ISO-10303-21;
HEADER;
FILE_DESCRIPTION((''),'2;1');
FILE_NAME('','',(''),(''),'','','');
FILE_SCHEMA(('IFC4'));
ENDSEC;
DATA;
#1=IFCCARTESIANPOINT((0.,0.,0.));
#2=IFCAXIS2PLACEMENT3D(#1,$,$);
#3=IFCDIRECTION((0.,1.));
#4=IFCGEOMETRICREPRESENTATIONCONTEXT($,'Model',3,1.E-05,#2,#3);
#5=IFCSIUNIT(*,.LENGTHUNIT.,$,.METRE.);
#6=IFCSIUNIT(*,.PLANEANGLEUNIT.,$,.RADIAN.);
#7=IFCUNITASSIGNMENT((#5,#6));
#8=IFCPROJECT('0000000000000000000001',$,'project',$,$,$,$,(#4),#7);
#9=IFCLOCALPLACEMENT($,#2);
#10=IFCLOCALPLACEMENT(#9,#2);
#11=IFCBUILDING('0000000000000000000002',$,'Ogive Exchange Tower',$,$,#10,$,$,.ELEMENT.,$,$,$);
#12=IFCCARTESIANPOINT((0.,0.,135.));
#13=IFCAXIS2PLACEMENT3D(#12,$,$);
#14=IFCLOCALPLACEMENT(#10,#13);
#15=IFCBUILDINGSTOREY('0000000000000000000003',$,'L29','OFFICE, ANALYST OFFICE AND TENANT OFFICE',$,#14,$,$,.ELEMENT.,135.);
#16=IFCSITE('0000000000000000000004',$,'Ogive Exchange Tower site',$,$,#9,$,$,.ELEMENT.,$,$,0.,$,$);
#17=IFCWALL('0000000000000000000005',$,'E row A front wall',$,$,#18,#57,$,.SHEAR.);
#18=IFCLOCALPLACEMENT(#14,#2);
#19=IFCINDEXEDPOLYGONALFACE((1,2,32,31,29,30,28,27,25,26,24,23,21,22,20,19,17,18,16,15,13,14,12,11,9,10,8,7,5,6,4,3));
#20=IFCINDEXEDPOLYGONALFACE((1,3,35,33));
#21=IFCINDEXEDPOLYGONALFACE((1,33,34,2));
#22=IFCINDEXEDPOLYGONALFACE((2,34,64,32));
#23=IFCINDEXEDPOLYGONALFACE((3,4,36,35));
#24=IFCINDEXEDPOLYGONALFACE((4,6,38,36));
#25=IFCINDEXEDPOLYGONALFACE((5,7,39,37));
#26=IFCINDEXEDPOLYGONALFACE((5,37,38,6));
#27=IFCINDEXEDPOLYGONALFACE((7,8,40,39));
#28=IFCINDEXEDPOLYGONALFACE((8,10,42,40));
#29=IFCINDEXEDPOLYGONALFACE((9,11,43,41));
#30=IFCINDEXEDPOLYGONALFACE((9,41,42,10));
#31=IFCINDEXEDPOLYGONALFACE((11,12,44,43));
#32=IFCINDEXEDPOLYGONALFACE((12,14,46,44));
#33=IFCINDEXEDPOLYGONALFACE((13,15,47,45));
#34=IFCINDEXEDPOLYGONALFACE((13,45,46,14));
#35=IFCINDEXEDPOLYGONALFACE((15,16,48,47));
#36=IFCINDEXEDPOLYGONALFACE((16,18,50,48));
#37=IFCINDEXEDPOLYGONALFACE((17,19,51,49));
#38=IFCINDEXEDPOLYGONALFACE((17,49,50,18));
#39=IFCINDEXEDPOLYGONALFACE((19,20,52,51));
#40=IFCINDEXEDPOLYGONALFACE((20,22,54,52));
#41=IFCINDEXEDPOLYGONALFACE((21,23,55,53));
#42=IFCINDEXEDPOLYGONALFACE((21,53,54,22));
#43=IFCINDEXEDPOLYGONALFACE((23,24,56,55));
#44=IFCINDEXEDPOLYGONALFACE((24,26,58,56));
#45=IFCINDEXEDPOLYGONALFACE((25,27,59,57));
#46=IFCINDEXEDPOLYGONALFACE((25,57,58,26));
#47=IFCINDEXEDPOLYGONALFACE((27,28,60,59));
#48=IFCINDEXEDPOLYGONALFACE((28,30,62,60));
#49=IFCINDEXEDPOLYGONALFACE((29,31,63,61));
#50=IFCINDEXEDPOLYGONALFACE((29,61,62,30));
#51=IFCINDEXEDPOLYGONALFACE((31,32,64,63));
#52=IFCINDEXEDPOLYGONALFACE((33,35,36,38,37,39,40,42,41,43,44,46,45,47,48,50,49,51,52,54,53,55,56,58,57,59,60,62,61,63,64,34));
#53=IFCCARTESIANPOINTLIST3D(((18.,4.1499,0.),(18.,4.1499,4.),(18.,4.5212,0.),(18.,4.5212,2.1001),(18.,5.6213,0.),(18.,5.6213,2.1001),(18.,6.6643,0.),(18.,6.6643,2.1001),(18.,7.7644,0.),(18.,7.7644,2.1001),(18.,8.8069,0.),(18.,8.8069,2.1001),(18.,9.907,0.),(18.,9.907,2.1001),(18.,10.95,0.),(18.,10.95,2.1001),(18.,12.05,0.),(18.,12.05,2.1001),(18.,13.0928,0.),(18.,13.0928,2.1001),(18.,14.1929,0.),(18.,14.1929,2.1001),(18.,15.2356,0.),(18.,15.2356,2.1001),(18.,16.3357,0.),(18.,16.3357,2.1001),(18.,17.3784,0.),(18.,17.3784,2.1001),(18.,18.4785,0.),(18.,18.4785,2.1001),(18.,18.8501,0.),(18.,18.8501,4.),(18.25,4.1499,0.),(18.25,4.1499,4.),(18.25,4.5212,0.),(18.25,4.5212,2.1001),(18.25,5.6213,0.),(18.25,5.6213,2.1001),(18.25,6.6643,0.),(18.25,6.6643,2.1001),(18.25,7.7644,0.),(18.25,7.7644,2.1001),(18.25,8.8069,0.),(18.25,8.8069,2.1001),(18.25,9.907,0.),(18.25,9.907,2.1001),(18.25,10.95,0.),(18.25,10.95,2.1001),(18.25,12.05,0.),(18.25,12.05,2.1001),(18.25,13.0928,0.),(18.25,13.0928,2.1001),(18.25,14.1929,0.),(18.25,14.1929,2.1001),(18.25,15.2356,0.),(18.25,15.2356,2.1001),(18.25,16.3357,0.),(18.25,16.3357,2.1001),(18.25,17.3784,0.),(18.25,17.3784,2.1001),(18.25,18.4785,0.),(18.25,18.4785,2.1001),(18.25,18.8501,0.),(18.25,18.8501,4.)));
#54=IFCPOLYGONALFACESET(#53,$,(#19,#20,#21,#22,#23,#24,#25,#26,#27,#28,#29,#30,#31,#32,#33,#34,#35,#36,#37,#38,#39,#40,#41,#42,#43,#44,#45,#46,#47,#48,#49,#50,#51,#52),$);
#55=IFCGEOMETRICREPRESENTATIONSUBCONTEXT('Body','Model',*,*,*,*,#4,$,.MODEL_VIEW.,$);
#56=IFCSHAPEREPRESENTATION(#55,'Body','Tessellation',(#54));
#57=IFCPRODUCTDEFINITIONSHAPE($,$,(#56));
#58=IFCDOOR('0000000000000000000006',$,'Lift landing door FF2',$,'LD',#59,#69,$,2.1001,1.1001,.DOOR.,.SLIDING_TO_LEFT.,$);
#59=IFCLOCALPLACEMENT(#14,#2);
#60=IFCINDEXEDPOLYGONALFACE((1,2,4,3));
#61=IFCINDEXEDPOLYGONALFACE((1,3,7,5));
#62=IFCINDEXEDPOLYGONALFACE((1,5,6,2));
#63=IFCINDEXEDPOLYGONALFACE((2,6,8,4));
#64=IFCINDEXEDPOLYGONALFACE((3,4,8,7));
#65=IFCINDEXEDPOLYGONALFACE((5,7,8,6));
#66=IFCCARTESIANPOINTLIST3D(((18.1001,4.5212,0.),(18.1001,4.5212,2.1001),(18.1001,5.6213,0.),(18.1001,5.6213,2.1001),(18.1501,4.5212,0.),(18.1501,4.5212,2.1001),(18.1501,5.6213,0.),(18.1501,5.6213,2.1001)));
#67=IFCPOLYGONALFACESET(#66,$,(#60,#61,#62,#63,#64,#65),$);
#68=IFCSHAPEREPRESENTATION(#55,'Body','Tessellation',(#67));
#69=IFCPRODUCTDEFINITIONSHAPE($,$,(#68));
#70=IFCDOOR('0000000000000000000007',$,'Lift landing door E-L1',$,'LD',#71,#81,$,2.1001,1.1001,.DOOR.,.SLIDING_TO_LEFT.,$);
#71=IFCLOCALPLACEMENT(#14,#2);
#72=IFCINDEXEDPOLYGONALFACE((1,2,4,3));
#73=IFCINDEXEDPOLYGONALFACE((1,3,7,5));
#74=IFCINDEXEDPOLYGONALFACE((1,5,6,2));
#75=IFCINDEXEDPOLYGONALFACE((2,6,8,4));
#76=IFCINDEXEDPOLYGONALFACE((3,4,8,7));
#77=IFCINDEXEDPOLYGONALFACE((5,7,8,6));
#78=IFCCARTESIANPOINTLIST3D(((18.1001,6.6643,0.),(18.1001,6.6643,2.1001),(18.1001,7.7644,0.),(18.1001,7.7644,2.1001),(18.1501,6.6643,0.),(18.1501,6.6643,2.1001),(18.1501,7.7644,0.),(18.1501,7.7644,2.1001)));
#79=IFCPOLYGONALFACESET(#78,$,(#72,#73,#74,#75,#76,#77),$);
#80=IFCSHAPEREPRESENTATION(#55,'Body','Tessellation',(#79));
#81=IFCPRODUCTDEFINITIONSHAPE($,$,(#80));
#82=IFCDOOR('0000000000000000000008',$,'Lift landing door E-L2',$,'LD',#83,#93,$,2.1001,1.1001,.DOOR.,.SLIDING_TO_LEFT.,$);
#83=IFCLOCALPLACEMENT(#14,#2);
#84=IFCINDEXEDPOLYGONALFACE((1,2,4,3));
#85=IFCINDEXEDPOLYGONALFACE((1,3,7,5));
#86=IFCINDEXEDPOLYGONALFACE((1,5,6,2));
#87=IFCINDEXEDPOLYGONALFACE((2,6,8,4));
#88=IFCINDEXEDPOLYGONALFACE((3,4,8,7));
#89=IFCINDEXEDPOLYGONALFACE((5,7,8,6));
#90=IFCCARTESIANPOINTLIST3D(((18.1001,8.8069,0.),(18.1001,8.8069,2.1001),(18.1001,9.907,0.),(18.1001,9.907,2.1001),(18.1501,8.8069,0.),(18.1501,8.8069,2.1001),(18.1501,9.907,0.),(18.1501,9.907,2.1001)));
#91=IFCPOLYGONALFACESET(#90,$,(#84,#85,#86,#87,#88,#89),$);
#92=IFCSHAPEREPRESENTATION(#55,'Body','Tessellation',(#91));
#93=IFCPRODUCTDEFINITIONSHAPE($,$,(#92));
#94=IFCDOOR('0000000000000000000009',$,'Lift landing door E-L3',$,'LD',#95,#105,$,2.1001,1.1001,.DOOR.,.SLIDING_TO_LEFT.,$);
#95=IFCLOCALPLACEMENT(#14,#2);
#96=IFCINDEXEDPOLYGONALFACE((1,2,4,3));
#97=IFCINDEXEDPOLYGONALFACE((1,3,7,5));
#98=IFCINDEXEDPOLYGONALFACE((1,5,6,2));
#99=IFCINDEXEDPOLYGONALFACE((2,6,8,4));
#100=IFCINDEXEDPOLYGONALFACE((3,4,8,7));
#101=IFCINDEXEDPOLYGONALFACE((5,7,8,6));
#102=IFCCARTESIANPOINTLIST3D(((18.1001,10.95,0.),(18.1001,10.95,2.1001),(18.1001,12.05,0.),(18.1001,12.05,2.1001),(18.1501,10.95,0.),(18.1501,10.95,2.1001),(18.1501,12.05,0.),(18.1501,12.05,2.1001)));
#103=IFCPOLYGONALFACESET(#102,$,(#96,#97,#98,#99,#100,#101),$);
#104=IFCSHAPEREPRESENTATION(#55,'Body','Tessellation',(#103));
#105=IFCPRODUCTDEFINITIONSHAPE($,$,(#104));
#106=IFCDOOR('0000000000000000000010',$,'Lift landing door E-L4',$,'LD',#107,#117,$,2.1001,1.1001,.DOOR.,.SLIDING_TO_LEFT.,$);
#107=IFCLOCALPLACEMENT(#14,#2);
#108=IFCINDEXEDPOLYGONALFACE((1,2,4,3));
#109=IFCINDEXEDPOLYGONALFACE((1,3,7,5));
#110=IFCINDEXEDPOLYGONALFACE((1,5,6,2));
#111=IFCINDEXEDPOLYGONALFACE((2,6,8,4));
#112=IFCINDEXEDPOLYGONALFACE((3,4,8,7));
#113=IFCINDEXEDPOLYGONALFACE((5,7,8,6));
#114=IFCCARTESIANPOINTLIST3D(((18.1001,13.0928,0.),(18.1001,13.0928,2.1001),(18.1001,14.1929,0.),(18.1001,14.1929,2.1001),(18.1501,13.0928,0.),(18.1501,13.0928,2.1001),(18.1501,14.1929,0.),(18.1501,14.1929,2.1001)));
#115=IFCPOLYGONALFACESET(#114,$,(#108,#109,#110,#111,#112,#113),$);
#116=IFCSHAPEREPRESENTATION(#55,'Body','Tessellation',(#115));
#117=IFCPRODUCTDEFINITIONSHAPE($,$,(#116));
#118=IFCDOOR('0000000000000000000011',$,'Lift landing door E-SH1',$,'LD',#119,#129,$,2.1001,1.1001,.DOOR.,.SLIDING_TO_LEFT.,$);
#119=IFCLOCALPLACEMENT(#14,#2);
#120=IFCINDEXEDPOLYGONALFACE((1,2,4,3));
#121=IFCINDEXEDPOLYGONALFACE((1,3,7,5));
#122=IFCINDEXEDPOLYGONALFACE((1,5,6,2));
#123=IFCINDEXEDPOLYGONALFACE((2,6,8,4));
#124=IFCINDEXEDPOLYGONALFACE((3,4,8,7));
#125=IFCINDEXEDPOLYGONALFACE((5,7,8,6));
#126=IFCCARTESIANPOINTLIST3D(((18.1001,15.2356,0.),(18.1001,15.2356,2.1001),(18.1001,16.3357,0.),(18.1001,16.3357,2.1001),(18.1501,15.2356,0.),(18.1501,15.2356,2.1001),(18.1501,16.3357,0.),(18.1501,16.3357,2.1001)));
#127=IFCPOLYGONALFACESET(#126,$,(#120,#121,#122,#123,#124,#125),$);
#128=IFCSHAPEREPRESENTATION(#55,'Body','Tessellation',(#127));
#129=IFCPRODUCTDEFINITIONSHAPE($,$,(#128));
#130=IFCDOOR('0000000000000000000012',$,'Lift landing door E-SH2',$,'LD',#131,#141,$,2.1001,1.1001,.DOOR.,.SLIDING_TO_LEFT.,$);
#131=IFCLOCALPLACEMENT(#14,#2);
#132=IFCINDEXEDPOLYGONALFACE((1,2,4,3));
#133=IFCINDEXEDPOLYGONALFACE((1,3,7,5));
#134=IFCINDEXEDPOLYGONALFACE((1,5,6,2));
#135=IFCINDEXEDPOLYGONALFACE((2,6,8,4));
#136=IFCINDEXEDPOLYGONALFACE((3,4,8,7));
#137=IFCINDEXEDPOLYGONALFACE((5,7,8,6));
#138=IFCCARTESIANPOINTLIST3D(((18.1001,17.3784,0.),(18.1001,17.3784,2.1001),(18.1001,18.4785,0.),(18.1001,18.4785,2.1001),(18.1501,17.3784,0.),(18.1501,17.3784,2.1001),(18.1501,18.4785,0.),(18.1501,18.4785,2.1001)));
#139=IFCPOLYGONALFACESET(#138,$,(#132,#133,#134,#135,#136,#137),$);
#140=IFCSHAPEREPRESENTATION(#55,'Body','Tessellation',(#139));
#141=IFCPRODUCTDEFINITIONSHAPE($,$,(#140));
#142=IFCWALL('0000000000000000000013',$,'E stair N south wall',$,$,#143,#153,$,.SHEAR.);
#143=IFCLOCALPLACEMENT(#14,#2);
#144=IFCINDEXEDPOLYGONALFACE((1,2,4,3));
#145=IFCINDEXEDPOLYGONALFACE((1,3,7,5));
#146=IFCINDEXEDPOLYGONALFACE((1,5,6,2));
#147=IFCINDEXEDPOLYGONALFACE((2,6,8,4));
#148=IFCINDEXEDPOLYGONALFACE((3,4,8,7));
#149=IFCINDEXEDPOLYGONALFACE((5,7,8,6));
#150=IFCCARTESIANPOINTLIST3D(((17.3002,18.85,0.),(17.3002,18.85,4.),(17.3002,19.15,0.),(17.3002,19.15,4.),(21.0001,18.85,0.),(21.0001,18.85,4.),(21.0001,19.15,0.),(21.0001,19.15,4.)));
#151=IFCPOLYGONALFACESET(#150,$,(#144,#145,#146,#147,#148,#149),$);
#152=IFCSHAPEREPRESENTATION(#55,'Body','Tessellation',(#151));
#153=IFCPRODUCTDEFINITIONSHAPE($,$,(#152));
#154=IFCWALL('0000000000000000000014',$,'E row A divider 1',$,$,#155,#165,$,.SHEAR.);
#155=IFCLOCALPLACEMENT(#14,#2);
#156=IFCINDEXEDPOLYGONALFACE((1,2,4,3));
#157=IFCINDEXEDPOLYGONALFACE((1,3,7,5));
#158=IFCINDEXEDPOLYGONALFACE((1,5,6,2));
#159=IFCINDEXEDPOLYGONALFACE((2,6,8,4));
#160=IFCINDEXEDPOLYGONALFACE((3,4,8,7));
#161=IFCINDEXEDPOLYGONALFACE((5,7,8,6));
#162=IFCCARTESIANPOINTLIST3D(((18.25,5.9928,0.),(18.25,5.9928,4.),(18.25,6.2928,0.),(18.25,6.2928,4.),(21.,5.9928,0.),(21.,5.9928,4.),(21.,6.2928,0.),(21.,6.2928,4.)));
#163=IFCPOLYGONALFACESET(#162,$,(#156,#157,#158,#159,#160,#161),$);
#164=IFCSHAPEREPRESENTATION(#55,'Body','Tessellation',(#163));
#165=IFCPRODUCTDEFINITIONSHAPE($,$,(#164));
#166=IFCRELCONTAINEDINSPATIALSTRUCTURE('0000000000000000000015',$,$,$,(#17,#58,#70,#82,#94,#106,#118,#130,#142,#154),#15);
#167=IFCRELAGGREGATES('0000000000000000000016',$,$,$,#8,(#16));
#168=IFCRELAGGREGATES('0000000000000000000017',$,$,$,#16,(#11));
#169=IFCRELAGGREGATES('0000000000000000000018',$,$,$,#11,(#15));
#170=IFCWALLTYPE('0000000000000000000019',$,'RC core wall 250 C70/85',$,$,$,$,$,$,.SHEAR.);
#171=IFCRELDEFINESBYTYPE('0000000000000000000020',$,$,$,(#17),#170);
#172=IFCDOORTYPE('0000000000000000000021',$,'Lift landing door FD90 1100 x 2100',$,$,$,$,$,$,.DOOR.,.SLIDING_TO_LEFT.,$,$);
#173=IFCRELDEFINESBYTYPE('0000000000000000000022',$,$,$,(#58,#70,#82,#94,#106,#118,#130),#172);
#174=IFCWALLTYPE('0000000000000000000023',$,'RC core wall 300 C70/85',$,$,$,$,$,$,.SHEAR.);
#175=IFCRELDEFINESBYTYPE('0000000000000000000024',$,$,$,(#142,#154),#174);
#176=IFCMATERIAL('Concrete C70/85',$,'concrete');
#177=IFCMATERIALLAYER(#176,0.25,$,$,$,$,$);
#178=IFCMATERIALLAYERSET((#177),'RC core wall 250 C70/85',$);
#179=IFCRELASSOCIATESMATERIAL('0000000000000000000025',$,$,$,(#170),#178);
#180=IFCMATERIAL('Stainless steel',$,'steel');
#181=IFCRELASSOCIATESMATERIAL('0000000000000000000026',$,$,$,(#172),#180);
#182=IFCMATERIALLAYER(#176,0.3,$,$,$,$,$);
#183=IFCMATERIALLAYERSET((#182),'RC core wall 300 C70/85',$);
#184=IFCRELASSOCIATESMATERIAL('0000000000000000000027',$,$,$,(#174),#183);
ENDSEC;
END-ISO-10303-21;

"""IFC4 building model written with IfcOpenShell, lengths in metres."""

from ifc_helpers import new_model, si_unit, direction, frame, frame_2d, origin, place, context, subcontext, project, spatial, rectangle, extrude, material, layer, layer_set, type_object, element, fill, save


model = new_model("IFC4")

# Units and contexts
model_context = context("Model", 3, precision=1e-05, world=origin(), true_north=direction((0.0, 1.0)))
body_context = subcontext(model_context, "Body", "Model", "MODEL_VIEW")
ifc_project = project(units=[si_unit("LENGTHUNIT", "METRE"), si_unit("PLANEANGLEUNIT", "RADIAN")], contexts=[model_context])

# Site, building, storey
site_placement = place(None, origin())
site = spatial("IfcSite", under=ifc_project, at=site_placement, Name="Ogive Exchange Tower site", CompositionType="ELEMENT", RefElevation=0.0)
building_placement = place(site_placement, origin())
building = spatial("IfcBuilding", under=site, at=building_placement, Name="Ogive Exchange Tower", CompositionType="ELEMENT")
storey_placement = place(building_placement, frame((0.0, 0.0, 135.0)))
storey = spatial("IfcBuildingStorey", under=building, at=storey_placement, Name="L29", Description="OFFICE, ANALYST OFFICE AND TENANT OFFICE", CompositionType="ELEMENT", Elevation=135.0)

# Shared definitions
ifc_material_1 = material(Name="Concrete C70/85", Category="concrete")
ifc_layer_1 = layer(ifc_material_1, 0.25)
ifc_layer_set_1 = layer_set([ifc_layer_1], Name="RC core wall 250 C70/85")
wall_type_1 = type_object("IfcWallType", Name="RC core wall 250 C70/85", PredefinedType="SHEAR", material=ifc_layer_set_1)

# Wall, openings, doors
wall_1_placement = place(storey_placement, frame((18.125, 4.1499, 0.0), z_axis=(0.0, 0.0, 1.0), x_axis=(0.0, 1.0, 0.0)))
wall_1 = element("IfcWall", 1, at=wall_1_placement, inside=storey, type_object=wall_type_1, Name="E row A front wall", PredefinedType="SHEAR", context=body_context, shape_type="SweptSolid", body=[
    extrude(rectangle(XDim=14.7002, YDim=0.25, at=frame_2d((7.3501, 0.0))), origin(), (0.0, 0.0, 1.0), 4.0),
])
opening_1_placement = place(wall_1_placement, frame((0.3713, 0.0, 0.0)))
opening_1 = element("IfcOpeningElement", 2, at=opening_1_placement, cuts=wall_1, PredefinedType="OPENING", context=body_context, shape_type="SweptSolid", body=[
    extrude(rectangle(XDim=1.1001, YDim=2.1001, at=frame_2d((0.55, 1.05))), frame((0.0, 0.135, 0.0), z_axis=(0.0, -1.0, 0.0), x_axis=(1.0, 0.0, 0.0)), (0.0, 0.0, 1.0), 0.27),
])
opening_2_placement = place(wall_1_placement, frame((2.5144, 0.0, 0.0)))
opening_2 = element("IfcOpeningElement", 3, at=opening_2_placement, cuts=wall_1, PredefinedType="OPENING", context=body_context, shape_type="SweptSolid", body=[
    extrude(rectangle(XDim=1.1001, YDim=2.1001, at=frame_2d((0.55, 1.05))), frame((0.0, 0.135, 0.0), z_axis=(0.0, -1.0, 0.0), x_axis=(1.0, 0.0, 0.0)), (0.0, 0.0, 1.0), 0.27),
])
opening_3_placement = place(wall_1_placement, frame((4.657, 0.0, 0.0)))
opening_3 = element("IfcOpeningElement", 4, at=opening_3_placement, cuts=wall_1, PredefinedType="OPENING", context=body_context, shape_type="SweptSolid", body=[
    extrude(rectangle(XDim=1.1001, YDim=2.1001, at=frame_2d((0.55, 1.05))), frame((0.0, 0.135, 0.0), z_axis=(0.0, -1.0, 0.0), x_axis=(1.0, 0.0, 0.0)), (0.0, 0.0, 1.0), 0.27),
])
opening_4_placement = place(wall_1_placement, frame((6.8, 0.0, 0.0)))
opening_4 = element("IfcOpeningElement", 5, at=opening_4_placement, cuts=wall_1, PredefinedType="OPENING", context=body_context, shape_type="SweptSolid", body=[
    extrude(rectangle(XDim=1.1001, YDim=2.1001, at=frame_2d((0.55, 1.05))), frame((0.0, 0.135, 0.0), z_axis=(0.0, -1.0, 0.0), x_axis=(1.0, 0.0, 0.0)), (0.0, 0.0, 1.0), 0.27),
])
opening_5_placement = place(wall_1_placement, frame((8.9429, 0.0, 0.0)))
opening_5 = element("IfcOpeningElement", 6, at=opening_5_placement, cuts=wall_1, PredefinedType="OPENING", context=body_context, shape_type="SweptSolid", body=[
    extrude(rectangle(XDim=1.1001, YDim=2.1001, at=frame_2d((0.55, 1.05))), frame((0.0, 0.135, 0.0), z_axis=(0.0, -1.0, 0.0), x_axis=(1.0, 0.0, 0.0)), (0.0, 0.0, 1.0), 0.27),
])
opening_6_placement = place(wall_1_placement, frame((11.0857, 0.0, 0.0)))
opening_6 = element("IfcOpeningElement", 7, at=opening_6_placement, cuts=wall_1, PredefinedType="OPENING", context=body_context, shape_type="SweptSolid", body=[
    extrude(rectangle(XDim=1.1001, YDim=2.1001, at=frame_2d((0.55, 1.05))), frame((0.0, 0.135, 0.0), z_axis=(0.0, -1.0, 0.0), x_axis=(1.0, 0.0, 0.0)), (0.0, 0.0, 1.0), 0.27),
])
opening_7_placement = place(wall_1_placement, frame((13.2285, 0.0, 0.0)))
opening_7 = element("IfcOpeningElement", 8, at=opening_7_placement, cuts=wall_1, PredefinedType="OPENING", context=body_context, shape_type="SweptSolid", body=[
    extrude(rectangle(XDim=1.1001, YDim=2.1001, at=frame_2d((0.55, 1.05))), frame((0.0, 0.135, 0.0), z_axis=(0.0, -1.0, 0.0), x_axis=(1.0, 0.0, 0.0)), (0.0, 0.0, 1.0), 0.27),
])
ifc_material_2 = material(Name="Stainless steel", Category="steel")
door_type_1 = type_object("IfcDoorType", Name="Lift landing door FD90 1100 x 2100", OperationType="SLIDING_TO_LEFT", PredefinedType="DOOR", material=ifc_material_2)
door_1_placement = place(opening_1_placement, origin())
door_1 = element("IfcDoor", 9, at=door_1_placement, inside=storey, type_object=door_type_1, Name="Lift landing door FF2", ObjectType="LD", OperationType="SLIDING_TO_LEFT", OverallHeight=2.1001, OverallWidth=1.1001, PredefinedType="DOOR", context=body_context, shape_type="SweptSolid", body=[
    extrude(rectangle(XDim=1.1001, YDim=2.1001, at=frame_2d((0.55, 1.05))), frame((0.0, 0.0249, 0.0), z_axis=(0.0, -1.0, 0.0), x_axis=(1.0, 0.0, 0.0)), (0.0, 0.0, 1.0), 0.05),
])
fill(opening_1, door_1)
door_2_placement = place(opening_2_placement, origin())
door_2 = element("IfcDoor", 10, at=door_2_placement, inside=storey, type_object=door_type_1, Name="Lift landing door E-L1", ObjectType="LD", OperationType="SLIDING_TO_LEFT", OverallHeight=2.1001, OverallWidth=1.1001, PredefinedType="DOOR", context=body_context, shape_type="SweptSolid", body=[
    extrude(rectangle(XDim=1.1001, YDim=2.1001, at=frame_2d((0.55, 1.05))), frame((0.0, 0.0249, 0.0), z_axis=(0.0, -1.0, 0.0), x_axis=(1.0, 0.0, 0.0)), (0.0, 0.0, 1.0), 0.05),
])
fill(opening_2, door_2)
door_3_placement = place(opening_3_placement, origin())
door_3 = element("IfcDoor", 11, at=door_3_placement, inside=storey, type_object=door_type_1, Name="Lift landing door E-L2", ObjectType="LD", OperationType="SLIDING_TO_LEFT", OverallHeight=2.1001, OverallWidth=1.1001, PredefinedType="DOOR", context=body_context, shape_type="SweptSolid", body=[
    extrude(rectangle(XDim=1.1001, YDim=2.1001, at=frame_2d((0.55, 1.05))), frame((0.0, 0.0249, 0.0), z_axis=(0.0, -1.0, 0.0), x_axis=(1.0, 0.0, 0.0)), (0.0, 0.0, 1.0), 0.05),
])
fill(opening_3, door_3)
door_4_placement = place(opening_4_placement, origin())
door_4 = element("IfcDoor", 12, at=door_4_placement, inside=storey, type_object=door_type_1, Name="Lift landing door E-L3", ObjectType="LD", OperationType="SLIDING_TO_LEFT", OverallHeight=2.1001, OverallWidth=1.1001, PredefinedType="DOOR", context=body_context, shape_type="SweptSolid", body=[
    extrude(rectangle(XDim=1.1001, YDim=2.1001, at=frame_2d((0.55, 1.05))), frame((0.0, 0.0249, 0.0), z_axis=(0.0, -1.0, 0.0), x_axis=(1.0, 0.0, 0.0)), (0.0, 0.0, 1.0), 0.05),
])
fill(opening_4, door_4)
door_5_placement = place(opening_5_placement, origin())
door_5 = element("IfcDoor", 13, at=door_5_placement, inside=storey, type_object=door_type_1, Name="Lift landing door E-L4", ObjectType="LD", OperationType="SLIDING_TO_LEFT", OverallHeight=2.1001, OverallWidth=1.1001, PredefinedType="DOOR", context=body_context, shape_type="SweptSolid", body=[
    extrude(rectangle(XDim=1.1001, YDim=2.1001, at=frame_2d((0.55, 1.05))), frame((0.0, 0.0249, 0.0), z_axis=(0.0, -1.0, 0.0), x_axis=(1.0, 0.0, 0.0)), (0.0, 0.0, 1.0), 0.05),
])
fill(opening_5, door_5)
door_6_placement = place(opening_6_placement, origin())
door_6 = element("IfcDoor", 14, at=door_6_placement, inside=storey, type_object=door_type_1, Name="Lift landing door E-SH1", ObjectType="LD", OperationType="SLIDING_TO_LEFT", OverallHeight=2.1001, OverallWidth=1.1001, PredefinedType="DOOR", context=body_context, shape_type="SweptSolid", body=[
    extrude(rectangle(XDim=1.1001, YDim=2.1001, at=frame_2d((0.55, 1.05))), frame((0.0, 0.0249, 0.0), z_axis=(0.0, -1.0, 0.0), x_axis=(1.0, 0.0, 0.0)), (0.0, 0.0, 1.0), 0.05),
])
fill(opening_6, door_6)
door_7_placement = place(opening_7_placement, origin())
door_7 = element("IfcDoor", 15, at=door_7_placement, inside=storey, type_object=door_type_1, Name="Lift landing door E-SH2", ObjectType="LD", OperationType="SLIDING_TO_LEFT", OverallHeight=2.1001, OverallWidth=1.1001, PredefinedType="DOOR", context=body_context, shape_type="SweptSolid", body=[
    extrude(rectangle(XDim=1.1001, YDim=2.1001, at=frame_2d((0.55, 1.05))), frame((0.0, 0.0249, 0.0), z_axis=(0.0, -1.0, 0.0), x_axis=(1.0, 0.0, 0.0)), (0.0, 0.0, 1.0), 0.05),
])
fill(opening_7, door_7)

# Walls
ifc_layer_2 = layer(ifc_material_1, 0.3)
ifc_layer_set_2 = layer_set([ifc_layer_2], Name="RC core wall 300 C70/85")
wall_type_2 = type_object("IfcWallType", Name="RC core wall 300 C70/85", PredefinedType="SHEAR", material=ifc_layer_set_2)
wall_2_placement = place(storey_placement, frame((17.3, 19.0, 0.0), z_axis=(0.0, 0.0, 1.0), x_axis=(1.0, 0.0, 0.0)))
element("IfcWall", 16, at=wall_2_placement, inside=storey, type_object=wall_type_2, Name="E stair N south wall", PredefinedType="SHEAR", context=body_context, shape_type="SweptSolid", body=[
    extrude(rectangle(XDim=3.7, YDim=0.3, at=frame_2d((1.8501, 0.0))), origin(), (0.0, 0.0, 1.0), 4.0),
])
for number, where, z_axis, x_axis, name in (
    (17, (18.25, 6.1428, 0.0), (0.0, 0.0, 1.0), (1.0, 0.0, 0.0), "E row A divider 1"),
):
    element("IfcWall", number, at=place(storey_placement, frame(where, z_axis=z_axis, x_axis=x_axis)), inside=storey, type_object=wall_type_2, Name=name, PredefinedType="SHEAR", context=body_context, shape_type="SweptSolid", body=[
        extrude(rectangle(XDim=2.75, YDim=0.3, at=frame_2d((1.375, 0.0))), origin(), (0.0, 0.0, 1.0), 4.0),
    ])

save(model, "model.ifc")
